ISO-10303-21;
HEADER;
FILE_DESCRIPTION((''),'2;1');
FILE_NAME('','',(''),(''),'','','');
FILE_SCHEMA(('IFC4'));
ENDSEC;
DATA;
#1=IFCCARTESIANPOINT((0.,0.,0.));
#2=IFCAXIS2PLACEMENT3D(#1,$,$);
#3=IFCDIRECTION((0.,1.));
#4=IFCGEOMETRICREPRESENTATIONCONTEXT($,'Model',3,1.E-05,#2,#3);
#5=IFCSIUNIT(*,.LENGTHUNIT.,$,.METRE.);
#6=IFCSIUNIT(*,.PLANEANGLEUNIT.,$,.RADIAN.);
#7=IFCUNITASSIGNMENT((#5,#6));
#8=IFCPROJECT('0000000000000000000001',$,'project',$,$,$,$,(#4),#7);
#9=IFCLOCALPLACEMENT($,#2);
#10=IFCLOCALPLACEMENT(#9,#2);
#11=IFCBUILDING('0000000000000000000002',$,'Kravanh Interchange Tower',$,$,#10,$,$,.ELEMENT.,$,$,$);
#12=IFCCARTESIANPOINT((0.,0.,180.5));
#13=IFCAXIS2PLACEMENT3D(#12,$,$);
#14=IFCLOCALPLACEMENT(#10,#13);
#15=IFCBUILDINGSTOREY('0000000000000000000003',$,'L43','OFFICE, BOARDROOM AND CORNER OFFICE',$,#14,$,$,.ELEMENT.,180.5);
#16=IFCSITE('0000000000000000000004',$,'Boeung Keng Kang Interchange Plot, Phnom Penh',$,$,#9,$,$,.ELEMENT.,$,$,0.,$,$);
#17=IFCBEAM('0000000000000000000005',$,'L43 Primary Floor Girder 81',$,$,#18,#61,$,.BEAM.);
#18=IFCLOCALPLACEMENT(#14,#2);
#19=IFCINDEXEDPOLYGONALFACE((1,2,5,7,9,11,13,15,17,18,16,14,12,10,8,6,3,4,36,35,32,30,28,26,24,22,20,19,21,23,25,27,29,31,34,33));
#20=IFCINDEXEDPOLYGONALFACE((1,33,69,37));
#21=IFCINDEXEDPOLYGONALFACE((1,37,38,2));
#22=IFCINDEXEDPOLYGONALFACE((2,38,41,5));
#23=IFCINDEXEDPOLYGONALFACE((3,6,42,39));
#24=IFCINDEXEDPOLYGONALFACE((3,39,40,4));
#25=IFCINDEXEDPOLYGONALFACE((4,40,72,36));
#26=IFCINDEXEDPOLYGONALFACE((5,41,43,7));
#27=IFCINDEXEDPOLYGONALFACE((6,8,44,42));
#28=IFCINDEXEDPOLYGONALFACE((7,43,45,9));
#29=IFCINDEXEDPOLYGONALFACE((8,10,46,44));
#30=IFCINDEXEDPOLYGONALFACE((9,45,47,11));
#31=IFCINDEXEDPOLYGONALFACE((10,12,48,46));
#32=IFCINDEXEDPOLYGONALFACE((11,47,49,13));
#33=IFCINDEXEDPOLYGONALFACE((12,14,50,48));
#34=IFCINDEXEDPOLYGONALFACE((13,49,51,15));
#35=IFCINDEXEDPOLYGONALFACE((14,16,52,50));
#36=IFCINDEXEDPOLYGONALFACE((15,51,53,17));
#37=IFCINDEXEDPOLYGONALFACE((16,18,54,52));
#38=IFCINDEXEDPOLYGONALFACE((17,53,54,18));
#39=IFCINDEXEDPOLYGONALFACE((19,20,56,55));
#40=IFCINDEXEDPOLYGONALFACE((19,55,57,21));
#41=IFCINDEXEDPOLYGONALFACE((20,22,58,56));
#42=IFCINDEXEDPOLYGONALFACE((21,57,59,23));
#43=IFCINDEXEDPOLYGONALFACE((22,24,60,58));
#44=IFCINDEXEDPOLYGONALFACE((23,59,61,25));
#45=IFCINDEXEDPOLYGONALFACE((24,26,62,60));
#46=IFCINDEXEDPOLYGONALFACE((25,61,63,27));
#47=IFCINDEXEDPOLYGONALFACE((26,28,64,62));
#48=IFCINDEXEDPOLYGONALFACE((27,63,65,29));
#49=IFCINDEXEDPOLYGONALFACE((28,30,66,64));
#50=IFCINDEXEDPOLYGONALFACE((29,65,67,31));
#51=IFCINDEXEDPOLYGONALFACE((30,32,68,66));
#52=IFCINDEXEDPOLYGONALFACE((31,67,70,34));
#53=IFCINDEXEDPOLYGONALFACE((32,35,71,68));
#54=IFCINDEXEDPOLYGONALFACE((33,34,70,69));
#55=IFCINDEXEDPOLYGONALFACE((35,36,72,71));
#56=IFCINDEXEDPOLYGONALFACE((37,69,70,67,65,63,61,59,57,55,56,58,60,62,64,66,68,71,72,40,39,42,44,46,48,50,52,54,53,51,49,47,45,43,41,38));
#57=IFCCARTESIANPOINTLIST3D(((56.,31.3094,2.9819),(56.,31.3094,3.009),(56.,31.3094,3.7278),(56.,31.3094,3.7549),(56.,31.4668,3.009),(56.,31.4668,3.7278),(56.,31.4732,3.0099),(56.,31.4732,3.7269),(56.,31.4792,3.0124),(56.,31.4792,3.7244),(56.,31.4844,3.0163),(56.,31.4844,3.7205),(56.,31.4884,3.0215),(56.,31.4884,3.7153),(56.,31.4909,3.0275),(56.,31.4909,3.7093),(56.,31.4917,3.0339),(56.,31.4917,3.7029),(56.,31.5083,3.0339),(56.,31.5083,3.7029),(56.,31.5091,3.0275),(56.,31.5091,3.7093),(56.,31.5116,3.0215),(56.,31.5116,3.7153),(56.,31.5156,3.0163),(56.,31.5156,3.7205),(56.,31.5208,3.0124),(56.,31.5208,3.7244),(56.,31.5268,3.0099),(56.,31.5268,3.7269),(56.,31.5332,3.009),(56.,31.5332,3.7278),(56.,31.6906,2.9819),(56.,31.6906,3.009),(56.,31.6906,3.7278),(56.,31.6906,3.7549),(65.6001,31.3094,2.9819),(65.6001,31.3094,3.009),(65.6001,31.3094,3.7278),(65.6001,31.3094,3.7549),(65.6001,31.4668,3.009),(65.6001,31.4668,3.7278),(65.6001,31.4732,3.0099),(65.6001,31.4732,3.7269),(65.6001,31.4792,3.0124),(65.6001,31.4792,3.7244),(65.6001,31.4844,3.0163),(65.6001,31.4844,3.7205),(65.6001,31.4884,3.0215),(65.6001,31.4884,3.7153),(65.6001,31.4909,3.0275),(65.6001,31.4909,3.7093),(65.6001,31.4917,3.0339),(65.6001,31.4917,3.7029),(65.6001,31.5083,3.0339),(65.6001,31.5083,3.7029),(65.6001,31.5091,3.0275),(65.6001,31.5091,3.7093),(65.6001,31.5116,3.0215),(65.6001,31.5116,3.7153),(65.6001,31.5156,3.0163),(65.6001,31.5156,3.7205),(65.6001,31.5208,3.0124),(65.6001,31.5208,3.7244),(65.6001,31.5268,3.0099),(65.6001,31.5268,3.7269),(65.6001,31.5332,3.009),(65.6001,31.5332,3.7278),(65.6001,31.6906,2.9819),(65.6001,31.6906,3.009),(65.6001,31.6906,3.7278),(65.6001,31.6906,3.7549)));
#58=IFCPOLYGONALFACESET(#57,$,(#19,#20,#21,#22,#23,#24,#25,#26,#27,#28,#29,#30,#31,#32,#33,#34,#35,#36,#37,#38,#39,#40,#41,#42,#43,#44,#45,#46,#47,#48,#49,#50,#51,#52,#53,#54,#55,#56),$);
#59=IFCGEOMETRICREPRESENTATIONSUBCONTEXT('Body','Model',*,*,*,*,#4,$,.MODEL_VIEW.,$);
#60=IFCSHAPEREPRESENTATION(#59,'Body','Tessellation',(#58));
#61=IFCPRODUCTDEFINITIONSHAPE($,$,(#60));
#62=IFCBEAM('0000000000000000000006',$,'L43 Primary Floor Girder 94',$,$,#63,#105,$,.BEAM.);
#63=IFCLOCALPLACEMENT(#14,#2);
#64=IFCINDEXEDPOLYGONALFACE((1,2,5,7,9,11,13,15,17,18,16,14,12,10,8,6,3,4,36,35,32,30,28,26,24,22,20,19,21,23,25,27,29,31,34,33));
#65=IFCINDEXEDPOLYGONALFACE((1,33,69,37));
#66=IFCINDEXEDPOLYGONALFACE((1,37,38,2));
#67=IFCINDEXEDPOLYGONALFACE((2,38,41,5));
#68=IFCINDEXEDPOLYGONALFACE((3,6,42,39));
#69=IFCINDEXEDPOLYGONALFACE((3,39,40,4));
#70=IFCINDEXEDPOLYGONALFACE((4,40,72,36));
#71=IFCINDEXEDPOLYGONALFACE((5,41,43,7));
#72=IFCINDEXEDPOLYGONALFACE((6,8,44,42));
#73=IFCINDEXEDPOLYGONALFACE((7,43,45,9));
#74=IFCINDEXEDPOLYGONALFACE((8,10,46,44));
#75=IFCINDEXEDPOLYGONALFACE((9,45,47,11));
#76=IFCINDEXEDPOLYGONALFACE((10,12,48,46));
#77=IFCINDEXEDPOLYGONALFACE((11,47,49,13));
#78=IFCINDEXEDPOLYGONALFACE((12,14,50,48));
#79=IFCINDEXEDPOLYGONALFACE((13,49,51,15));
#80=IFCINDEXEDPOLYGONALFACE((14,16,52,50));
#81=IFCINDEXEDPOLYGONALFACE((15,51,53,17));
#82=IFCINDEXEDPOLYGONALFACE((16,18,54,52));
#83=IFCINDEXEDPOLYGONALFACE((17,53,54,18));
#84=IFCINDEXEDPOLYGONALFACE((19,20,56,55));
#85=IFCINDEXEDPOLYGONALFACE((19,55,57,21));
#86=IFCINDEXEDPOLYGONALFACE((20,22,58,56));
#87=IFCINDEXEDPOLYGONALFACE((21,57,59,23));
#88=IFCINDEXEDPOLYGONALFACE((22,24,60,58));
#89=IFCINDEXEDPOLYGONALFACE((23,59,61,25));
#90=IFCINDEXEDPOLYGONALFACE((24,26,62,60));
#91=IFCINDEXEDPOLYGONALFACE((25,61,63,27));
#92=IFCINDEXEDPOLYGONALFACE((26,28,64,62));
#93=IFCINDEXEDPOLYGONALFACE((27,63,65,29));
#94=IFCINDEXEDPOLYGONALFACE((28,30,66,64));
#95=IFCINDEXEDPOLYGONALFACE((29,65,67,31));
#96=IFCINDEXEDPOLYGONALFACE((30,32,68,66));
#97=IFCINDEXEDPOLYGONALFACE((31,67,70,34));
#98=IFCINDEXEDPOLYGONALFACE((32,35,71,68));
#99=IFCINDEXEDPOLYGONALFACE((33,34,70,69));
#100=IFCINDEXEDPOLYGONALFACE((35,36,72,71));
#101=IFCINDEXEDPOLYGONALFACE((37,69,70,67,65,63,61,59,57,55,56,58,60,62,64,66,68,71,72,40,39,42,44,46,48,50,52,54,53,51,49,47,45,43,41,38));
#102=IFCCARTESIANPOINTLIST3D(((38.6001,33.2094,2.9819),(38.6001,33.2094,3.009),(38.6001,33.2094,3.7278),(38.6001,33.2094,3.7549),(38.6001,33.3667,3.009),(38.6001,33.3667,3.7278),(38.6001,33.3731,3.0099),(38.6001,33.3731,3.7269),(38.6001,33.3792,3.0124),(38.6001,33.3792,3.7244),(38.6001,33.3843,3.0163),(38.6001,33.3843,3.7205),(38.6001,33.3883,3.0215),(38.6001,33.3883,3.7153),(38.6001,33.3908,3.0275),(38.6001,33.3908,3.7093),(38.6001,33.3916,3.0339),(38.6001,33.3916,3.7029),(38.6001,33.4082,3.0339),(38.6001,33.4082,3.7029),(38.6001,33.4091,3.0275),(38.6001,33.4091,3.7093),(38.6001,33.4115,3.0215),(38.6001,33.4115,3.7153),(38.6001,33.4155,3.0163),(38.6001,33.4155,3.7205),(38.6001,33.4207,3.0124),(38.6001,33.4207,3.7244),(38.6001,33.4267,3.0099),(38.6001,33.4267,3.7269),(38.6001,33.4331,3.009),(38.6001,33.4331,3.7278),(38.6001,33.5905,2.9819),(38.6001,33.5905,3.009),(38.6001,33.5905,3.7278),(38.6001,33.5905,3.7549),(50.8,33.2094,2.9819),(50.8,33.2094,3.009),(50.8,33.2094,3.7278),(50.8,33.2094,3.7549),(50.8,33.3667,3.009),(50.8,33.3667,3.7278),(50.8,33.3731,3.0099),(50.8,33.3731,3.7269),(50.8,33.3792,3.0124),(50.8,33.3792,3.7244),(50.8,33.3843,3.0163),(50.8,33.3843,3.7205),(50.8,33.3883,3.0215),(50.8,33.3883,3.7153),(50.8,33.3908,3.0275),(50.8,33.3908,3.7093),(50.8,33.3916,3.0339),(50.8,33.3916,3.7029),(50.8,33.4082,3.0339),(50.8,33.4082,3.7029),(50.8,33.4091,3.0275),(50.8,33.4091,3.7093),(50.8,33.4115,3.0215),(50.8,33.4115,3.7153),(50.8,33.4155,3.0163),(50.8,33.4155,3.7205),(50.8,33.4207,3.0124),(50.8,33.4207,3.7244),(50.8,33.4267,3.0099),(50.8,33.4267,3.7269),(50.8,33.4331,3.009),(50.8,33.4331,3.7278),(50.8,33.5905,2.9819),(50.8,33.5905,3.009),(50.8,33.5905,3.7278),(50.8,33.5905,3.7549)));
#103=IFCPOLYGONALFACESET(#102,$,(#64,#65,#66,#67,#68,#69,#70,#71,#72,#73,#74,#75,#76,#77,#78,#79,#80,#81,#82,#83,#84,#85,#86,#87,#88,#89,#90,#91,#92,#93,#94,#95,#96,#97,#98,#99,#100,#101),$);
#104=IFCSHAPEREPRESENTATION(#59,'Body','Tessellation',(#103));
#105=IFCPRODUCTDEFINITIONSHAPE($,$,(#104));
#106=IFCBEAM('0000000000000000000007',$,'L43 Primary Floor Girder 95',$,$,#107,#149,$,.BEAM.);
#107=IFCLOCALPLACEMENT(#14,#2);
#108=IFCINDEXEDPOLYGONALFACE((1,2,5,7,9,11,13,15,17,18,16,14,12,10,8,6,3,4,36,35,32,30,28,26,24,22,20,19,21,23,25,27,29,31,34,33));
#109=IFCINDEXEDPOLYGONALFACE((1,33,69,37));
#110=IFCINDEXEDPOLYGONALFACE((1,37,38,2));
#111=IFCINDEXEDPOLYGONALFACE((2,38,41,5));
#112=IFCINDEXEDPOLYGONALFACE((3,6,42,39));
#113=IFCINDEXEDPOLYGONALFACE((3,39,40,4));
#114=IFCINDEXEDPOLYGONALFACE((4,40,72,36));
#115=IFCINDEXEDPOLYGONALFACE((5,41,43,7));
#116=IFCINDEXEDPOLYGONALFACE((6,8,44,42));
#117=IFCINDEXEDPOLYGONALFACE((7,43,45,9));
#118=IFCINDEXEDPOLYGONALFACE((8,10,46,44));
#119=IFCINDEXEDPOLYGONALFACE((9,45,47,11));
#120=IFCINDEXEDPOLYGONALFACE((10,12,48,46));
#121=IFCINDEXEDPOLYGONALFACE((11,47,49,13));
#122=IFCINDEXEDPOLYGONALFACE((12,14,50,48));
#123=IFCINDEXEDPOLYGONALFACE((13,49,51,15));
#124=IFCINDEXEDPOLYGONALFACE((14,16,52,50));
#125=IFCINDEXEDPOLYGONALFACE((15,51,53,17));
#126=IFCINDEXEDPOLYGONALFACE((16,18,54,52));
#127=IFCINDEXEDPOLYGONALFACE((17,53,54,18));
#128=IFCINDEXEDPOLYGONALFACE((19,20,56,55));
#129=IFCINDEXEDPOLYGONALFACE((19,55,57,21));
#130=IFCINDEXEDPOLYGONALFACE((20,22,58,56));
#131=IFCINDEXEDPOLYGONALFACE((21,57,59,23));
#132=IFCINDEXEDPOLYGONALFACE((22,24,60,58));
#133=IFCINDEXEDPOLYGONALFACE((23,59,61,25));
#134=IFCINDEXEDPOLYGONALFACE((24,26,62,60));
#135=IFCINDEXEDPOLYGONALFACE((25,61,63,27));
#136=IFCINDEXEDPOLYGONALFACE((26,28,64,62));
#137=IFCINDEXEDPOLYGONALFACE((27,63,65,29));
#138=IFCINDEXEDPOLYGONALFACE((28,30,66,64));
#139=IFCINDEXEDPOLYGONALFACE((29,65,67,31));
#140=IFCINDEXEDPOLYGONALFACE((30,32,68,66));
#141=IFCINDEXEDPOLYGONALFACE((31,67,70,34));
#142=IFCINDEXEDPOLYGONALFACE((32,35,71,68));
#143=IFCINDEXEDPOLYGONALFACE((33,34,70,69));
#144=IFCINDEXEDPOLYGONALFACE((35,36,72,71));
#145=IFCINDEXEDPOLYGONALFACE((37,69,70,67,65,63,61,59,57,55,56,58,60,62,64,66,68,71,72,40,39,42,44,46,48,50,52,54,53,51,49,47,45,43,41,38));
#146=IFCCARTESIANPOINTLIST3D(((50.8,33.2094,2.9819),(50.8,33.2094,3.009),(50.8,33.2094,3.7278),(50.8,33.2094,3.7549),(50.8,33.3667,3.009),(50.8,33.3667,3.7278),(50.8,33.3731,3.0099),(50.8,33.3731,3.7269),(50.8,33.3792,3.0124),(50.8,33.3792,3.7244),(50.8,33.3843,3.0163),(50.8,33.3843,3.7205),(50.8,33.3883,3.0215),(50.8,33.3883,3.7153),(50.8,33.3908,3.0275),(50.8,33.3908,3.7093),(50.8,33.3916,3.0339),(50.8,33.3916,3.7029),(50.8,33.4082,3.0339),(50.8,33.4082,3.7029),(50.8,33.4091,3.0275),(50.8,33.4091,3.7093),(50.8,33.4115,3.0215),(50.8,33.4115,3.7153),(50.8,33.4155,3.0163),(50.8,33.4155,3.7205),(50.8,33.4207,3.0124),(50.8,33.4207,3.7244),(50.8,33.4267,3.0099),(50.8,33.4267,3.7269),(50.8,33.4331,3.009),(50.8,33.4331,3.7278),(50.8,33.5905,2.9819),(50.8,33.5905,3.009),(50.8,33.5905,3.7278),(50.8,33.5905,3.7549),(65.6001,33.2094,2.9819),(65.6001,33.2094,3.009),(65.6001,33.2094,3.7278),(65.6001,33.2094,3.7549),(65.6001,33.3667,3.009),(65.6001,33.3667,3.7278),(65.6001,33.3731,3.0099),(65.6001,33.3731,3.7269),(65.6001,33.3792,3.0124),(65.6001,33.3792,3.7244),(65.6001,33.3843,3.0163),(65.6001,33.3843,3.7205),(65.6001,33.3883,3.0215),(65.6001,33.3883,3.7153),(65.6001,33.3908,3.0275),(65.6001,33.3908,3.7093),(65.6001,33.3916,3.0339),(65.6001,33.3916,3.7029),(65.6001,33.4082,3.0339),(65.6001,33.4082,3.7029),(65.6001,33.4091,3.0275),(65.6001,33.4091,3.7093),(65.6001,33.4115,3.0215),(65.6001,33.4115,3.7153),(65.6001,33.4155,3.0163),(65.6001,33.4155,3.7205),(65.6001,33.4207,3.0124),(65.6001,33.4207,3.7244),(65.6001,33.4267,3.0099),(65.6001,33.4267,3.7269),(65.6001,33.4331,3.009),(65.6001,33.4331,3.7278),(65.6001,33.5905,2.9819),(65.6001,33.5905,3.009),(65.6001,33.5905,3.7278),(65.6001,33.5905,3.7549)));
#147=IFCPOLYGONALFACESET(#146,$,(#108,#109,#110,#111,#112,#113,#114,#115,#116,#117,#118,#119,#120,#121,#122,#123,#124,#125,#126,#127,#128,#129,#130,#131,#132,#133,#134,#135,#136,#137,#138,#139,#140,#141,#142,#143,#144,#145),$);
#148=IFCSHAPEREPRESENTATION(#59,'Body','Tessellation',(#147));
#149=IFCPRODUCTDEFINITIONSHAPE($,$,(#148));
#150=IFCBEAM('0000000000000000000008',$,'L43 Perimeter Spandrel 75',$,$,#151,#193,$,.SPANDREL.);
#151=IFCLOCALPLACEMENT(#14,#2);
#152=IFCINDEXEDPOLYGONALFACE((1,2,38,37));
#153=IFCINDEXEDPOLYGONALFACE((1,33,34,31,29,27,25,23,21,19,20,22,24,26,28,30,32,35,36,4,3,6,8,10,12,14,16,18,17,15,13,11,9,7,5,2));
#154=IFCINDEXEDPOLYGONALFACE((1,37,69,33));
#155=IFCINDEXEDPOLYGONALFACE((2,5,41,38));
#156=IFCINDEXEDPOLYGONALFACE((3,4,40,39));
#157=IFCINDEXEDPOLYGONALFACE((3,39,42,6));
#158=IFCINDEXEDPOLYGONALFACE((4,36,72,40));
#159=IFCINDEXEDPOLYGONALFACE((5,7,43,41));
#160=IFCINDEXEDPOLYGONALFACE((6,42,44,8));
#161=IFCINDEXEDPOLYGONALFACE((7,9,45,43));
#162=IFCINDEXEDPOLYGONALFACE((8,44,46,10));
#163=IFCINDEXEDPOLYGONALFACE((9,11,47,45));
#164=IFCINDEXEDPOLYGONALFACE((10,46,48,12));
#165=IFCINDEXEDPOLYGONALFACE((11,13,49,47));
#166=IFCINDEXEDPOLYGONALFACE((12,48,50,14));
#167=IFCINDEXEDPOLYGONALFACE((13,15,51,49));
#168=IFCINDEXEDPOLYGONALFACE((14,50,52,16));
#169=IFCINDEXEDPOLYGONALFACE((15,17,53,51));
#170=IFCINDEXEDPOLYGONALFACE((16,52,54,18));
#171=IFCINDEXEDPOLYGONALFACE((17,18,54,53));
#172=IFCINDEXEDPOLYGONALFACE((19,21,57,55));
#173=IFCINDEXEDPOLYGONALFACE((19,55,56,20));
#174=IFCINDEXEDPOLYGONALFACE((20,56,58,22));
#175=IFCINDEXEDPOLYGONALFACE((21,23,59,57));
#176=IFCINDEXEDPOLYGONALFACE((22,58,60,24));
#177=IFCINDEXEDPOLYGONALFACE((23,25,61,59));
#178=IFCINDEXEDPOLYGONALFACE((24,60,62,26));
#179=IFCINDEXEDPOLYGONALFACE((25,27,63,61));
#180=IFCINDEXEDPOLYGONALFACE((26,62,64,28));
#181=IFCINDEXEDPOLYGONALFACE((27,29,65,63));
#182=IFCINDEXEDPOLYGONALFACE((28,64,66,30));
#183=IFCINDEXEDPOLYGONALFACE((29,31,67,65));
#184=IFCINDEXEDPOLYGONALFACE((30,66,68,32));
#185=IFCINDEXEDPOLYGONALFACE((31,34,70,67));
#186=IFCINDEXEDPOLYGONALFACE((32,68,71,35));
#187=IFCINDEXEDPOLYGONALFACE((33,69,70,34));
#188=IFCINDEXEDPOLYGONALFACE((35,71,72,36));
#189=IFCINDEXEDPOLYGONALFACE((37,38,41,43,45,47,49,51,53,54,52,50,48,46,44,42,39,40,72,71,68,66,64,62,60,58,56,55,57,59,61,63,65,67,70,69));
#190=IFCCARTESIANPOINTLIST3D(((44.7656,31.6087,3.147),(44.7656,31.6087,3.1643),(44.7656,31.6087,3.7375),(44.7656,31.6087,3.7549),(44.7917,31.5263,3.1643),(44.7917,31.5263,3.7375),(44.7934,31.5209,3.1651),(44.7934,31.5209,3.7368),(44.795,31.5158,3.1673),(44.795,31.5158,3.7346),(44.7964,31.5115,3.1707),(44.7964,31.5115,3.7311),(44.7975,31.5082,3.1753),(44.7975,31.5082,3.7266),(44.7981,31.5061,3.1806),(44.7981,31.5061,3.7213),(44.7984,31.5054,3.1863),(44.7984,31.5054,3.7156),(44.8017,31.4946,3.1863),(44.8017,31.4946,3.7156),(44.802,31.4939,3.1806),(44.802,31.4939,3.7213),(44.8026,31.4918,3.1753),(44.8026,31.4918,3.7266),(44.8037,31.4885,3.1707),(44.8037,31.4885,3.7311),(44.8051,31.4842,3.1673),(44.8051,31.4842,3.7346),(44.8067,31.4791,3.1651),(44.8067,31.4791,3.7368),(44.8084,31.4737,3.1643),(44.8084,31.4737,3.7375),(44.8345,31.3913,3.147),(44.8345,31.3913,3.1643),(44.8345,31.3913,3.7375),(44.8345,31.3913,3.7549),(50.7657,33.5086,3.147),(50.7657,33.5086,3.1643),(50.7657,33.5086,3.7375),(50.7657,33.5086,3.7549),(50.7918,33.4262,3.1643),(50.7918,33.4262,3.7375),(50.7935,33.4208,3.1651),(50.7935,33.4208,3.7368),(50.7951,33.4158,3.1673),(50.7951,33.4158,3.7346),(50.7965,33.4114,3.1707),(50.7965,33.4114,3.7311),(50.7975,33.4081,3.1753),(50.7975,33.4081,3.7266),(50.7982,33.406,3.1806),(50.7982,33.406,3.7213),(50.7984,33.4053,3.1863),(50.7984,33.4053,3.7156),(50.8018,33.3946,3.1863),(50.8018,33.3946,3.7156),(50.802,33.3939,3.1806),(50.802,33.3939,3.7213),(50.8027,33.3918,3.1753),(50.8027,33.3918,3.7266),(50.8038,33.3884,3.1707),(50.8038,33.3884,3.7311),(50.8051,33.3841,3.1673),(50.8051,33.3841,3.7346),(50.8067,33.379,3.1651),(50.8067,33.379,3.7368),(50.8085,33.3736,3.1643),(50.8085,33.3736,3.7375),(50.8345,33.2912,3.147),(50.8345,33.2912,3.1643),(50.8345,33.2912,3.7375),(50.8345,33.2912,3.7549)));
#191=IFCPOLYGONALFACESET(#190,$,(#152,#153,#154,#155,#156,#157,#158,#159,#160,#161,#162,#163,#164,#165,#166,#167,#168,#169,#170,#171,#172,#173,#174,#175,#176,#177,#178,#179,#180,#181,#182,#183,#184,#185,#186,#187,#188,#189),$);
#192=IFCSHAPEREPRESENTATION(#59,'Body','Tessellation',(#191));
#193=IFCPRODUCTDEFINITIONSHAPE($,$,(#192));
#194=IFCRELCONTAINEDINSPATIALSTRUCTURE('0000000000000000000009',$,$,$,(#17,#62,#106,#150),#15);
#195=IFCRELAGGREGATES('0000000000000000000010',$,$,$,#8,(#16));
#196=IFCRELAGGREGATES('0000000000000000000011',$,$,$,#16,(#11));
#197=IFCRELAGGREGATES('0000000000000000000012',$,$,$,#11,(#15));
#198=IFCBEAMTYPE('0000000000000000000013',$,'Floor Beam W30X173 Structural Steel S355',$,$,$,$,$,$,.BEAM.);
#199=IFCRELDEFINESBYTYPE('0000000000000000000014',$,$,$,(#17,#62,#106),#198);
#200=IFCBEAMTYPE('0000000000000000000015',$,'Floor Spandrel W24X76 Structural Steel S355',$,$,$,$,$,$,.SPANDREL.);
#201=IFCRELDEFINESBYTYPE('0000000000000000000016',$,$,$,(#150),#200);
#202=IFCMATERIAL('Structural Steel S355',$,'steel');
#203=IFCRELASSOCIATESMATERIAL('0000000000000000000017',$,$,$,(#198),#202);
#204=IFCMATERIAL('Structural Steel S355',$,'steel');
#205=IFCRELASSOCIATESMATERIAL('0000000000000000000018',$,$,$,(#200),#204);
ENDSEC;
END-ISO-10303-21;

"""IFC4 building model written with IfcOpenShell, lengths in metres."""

from ifc_helpers import new_model, si_unit, direction, frame, origin, origin_2d, place, context, subcontext, project, spatial, i_section, extrude, material, material_profile, profile_set, type_object, element, save


model = new_model("IFC4")

# Units and contexts
model_context = context("Model", 3, precision=1e-05, world=origin(), true_north=direction((0.0, 1.0)))
body_context = subcontext(model_context, "Body", "Model", "MODEL_VIEW")
ifc_project = project(units=[si_unit("LENGTHUNIT", "METRE"), si_unit("PLANEANGLEUNIT", "RADIAN")], contexts=[model_context])

# Site, building, storey
site_placement = place(None, origin())
site = spatial("IfcSite", under=ifc_project, at=site_placement, Name="Boeung Keng Kang Interchange Plot, Phnom Penh", CompositionType="ELEMENT", RefElevation=0.0)
building_placement = place(site_placement, origin())
building = spatial("IfcBuilding", under=site, at=building_placement, Name="Kravanh Interchange Tower", CompositionType="ELEMENT")
storey_placement = place(building_placement, frame((0.0, 0.0, 180.5)))
storey = spatial("IfcBuildingStorey", under=building, at=storey_placement, Name="L43", Description="OFFICE, BOARDROOM AND CORNER OFFICE", CompositionType="ELEMENT", Elevation=180.5)

# Beams
ifc_material_1 = material(Name="Structural Steel S355", Category="steel")
ifc_material_profile_1 = material_profile(ifc_material_1, i_section(OverallWidth=0.3811, OverallDepth=0.7729, WebThickness=0.0166, FlangeThickness=0.0271, FilletRadius=0.0249, at=origin_2d()), Name="W30X173")
ifc_profile_set_1 = profile_set([ifc_material_profile_1], Name="Structural Steel S355")
beam_type_1 = type_object("IfcBeamType", Name="Floor Beam W30X173 Structural Steel S355", PredefinedType="BEAM", material=ifc_profile_set_1)
beam_1_placement = place(storey_placement, frame((56.0, 31.5, 3.3684), z_axis=(1.0, 0.0, 0.0), x_axis=(0.0, 1.0, 0.0)))
element("IfcBeam", 1, at=beam_1_placement, inside=storey, type_object=beam_type_1, Name="L43 Primary Floor Girder 81", PredefinedType="BEAM", context=body_context, shape_type="SweptSolid", body=[
    extrude(i_section(OverallWidth=0.3811, OverallDepth=0.7729, WebThickness=0.0166, FlangeThickness=0.0271, FilletRadius=0.0249, at=origin_2d()), origin(), (0.0, 0.0, 1.0), 9.6001),
])
beam_2_placement = place(storey_placement, frame((38.6001, 33.3999, 3.3684), z_axis=(1.0, 0.0, 0.0), x_axis=(0.0, 1.0, 0.0)))
element("IfcBeam", 2, at=beam_2_placement, inside=storey, type_object=beam_type_1, Name="L43 Primary Floor Girder 94", PredefinedType="BEAM", context=body_context, shape_type="SweptSolid", body=[
    extrude(i_section(OverallWidth=0.3811, OverallDepth=0.7729, WebThickness=0.0166, FlangeThickness=0.0271, FilletRadius=0.0249, at=origin_2d()), origin(), (0.0, 0.0, 1.0), 12.2),
])
beam_3_placement = place(storey_placement, frame((50.8, 33.3999, 3.3684), z_axis=(1.0, 0.0, 0.0), x_axis=(0.0, 1.0, 0.0)))
element("IfcBeam", 3, at=beam_3_placement, inside=storey, type_object=beam_type_1, Name="L43 Primary Floor Girder 95", PredefinedType="BEAM", context=body_context, shape_type="SweptSolid", body=[
    extrude(i_section(OverallWidth=0.3811, OverallDepth=0.7729, WebThickness=0.0166, FlangeThickness=0.0271, FilletRadius=0.0249, at=origin_2d()), origin(), (0.0, 0.0, 1.0), 14.8),
])
ifc_material_2 = material(Name="Structural Steel S355", Category="steel")
ifc_material_profile_2 = material_profile(ifc_material_2, i_section(OverallWidth=0.228, OverallDepth=0.6079, WebThickness=0.0112, FlangeThickness=0.0173, FilletRadius=0.022, at=origin_2d()), Name="W24X76")
ifc_profile_set_2 = profile_set([ifc_material_profile_2], Name="Structural Steel S355")
beam_type_2 = type_object("IfcBeamType", Name="Floor Spandrel W24X76 Structural Steel S355", PredefinedType="SPANDREL", material=ifc_profile_set_2)
beam_4_placement = place(storey_placement, frame((44.8, 31.5, 3.4509), z_axis=(0.953347, 0.301878, 0.0), x_axis=(-0.301878, 0.953347, 0.0)))
element("IfcBeam", 4, at=beam_4_placement, inside=storey, type_object=beam_type_2, Name="L43 Perimeter Spandrel 75", PredefinedType="SPANDREL", context=body_context, shape_type="SweptSolid", body=[
    extrude(i_section(OverallWidth=0.228, OverallDepth=0.6079, WebThickness=0.0112, FlangeThickness=0.0173, FilletRadius=0.022, at=origin_2d()), origin(), (0.0, 0.0, 1.0), 6.2937),
])

save(model, "model.ifc")
